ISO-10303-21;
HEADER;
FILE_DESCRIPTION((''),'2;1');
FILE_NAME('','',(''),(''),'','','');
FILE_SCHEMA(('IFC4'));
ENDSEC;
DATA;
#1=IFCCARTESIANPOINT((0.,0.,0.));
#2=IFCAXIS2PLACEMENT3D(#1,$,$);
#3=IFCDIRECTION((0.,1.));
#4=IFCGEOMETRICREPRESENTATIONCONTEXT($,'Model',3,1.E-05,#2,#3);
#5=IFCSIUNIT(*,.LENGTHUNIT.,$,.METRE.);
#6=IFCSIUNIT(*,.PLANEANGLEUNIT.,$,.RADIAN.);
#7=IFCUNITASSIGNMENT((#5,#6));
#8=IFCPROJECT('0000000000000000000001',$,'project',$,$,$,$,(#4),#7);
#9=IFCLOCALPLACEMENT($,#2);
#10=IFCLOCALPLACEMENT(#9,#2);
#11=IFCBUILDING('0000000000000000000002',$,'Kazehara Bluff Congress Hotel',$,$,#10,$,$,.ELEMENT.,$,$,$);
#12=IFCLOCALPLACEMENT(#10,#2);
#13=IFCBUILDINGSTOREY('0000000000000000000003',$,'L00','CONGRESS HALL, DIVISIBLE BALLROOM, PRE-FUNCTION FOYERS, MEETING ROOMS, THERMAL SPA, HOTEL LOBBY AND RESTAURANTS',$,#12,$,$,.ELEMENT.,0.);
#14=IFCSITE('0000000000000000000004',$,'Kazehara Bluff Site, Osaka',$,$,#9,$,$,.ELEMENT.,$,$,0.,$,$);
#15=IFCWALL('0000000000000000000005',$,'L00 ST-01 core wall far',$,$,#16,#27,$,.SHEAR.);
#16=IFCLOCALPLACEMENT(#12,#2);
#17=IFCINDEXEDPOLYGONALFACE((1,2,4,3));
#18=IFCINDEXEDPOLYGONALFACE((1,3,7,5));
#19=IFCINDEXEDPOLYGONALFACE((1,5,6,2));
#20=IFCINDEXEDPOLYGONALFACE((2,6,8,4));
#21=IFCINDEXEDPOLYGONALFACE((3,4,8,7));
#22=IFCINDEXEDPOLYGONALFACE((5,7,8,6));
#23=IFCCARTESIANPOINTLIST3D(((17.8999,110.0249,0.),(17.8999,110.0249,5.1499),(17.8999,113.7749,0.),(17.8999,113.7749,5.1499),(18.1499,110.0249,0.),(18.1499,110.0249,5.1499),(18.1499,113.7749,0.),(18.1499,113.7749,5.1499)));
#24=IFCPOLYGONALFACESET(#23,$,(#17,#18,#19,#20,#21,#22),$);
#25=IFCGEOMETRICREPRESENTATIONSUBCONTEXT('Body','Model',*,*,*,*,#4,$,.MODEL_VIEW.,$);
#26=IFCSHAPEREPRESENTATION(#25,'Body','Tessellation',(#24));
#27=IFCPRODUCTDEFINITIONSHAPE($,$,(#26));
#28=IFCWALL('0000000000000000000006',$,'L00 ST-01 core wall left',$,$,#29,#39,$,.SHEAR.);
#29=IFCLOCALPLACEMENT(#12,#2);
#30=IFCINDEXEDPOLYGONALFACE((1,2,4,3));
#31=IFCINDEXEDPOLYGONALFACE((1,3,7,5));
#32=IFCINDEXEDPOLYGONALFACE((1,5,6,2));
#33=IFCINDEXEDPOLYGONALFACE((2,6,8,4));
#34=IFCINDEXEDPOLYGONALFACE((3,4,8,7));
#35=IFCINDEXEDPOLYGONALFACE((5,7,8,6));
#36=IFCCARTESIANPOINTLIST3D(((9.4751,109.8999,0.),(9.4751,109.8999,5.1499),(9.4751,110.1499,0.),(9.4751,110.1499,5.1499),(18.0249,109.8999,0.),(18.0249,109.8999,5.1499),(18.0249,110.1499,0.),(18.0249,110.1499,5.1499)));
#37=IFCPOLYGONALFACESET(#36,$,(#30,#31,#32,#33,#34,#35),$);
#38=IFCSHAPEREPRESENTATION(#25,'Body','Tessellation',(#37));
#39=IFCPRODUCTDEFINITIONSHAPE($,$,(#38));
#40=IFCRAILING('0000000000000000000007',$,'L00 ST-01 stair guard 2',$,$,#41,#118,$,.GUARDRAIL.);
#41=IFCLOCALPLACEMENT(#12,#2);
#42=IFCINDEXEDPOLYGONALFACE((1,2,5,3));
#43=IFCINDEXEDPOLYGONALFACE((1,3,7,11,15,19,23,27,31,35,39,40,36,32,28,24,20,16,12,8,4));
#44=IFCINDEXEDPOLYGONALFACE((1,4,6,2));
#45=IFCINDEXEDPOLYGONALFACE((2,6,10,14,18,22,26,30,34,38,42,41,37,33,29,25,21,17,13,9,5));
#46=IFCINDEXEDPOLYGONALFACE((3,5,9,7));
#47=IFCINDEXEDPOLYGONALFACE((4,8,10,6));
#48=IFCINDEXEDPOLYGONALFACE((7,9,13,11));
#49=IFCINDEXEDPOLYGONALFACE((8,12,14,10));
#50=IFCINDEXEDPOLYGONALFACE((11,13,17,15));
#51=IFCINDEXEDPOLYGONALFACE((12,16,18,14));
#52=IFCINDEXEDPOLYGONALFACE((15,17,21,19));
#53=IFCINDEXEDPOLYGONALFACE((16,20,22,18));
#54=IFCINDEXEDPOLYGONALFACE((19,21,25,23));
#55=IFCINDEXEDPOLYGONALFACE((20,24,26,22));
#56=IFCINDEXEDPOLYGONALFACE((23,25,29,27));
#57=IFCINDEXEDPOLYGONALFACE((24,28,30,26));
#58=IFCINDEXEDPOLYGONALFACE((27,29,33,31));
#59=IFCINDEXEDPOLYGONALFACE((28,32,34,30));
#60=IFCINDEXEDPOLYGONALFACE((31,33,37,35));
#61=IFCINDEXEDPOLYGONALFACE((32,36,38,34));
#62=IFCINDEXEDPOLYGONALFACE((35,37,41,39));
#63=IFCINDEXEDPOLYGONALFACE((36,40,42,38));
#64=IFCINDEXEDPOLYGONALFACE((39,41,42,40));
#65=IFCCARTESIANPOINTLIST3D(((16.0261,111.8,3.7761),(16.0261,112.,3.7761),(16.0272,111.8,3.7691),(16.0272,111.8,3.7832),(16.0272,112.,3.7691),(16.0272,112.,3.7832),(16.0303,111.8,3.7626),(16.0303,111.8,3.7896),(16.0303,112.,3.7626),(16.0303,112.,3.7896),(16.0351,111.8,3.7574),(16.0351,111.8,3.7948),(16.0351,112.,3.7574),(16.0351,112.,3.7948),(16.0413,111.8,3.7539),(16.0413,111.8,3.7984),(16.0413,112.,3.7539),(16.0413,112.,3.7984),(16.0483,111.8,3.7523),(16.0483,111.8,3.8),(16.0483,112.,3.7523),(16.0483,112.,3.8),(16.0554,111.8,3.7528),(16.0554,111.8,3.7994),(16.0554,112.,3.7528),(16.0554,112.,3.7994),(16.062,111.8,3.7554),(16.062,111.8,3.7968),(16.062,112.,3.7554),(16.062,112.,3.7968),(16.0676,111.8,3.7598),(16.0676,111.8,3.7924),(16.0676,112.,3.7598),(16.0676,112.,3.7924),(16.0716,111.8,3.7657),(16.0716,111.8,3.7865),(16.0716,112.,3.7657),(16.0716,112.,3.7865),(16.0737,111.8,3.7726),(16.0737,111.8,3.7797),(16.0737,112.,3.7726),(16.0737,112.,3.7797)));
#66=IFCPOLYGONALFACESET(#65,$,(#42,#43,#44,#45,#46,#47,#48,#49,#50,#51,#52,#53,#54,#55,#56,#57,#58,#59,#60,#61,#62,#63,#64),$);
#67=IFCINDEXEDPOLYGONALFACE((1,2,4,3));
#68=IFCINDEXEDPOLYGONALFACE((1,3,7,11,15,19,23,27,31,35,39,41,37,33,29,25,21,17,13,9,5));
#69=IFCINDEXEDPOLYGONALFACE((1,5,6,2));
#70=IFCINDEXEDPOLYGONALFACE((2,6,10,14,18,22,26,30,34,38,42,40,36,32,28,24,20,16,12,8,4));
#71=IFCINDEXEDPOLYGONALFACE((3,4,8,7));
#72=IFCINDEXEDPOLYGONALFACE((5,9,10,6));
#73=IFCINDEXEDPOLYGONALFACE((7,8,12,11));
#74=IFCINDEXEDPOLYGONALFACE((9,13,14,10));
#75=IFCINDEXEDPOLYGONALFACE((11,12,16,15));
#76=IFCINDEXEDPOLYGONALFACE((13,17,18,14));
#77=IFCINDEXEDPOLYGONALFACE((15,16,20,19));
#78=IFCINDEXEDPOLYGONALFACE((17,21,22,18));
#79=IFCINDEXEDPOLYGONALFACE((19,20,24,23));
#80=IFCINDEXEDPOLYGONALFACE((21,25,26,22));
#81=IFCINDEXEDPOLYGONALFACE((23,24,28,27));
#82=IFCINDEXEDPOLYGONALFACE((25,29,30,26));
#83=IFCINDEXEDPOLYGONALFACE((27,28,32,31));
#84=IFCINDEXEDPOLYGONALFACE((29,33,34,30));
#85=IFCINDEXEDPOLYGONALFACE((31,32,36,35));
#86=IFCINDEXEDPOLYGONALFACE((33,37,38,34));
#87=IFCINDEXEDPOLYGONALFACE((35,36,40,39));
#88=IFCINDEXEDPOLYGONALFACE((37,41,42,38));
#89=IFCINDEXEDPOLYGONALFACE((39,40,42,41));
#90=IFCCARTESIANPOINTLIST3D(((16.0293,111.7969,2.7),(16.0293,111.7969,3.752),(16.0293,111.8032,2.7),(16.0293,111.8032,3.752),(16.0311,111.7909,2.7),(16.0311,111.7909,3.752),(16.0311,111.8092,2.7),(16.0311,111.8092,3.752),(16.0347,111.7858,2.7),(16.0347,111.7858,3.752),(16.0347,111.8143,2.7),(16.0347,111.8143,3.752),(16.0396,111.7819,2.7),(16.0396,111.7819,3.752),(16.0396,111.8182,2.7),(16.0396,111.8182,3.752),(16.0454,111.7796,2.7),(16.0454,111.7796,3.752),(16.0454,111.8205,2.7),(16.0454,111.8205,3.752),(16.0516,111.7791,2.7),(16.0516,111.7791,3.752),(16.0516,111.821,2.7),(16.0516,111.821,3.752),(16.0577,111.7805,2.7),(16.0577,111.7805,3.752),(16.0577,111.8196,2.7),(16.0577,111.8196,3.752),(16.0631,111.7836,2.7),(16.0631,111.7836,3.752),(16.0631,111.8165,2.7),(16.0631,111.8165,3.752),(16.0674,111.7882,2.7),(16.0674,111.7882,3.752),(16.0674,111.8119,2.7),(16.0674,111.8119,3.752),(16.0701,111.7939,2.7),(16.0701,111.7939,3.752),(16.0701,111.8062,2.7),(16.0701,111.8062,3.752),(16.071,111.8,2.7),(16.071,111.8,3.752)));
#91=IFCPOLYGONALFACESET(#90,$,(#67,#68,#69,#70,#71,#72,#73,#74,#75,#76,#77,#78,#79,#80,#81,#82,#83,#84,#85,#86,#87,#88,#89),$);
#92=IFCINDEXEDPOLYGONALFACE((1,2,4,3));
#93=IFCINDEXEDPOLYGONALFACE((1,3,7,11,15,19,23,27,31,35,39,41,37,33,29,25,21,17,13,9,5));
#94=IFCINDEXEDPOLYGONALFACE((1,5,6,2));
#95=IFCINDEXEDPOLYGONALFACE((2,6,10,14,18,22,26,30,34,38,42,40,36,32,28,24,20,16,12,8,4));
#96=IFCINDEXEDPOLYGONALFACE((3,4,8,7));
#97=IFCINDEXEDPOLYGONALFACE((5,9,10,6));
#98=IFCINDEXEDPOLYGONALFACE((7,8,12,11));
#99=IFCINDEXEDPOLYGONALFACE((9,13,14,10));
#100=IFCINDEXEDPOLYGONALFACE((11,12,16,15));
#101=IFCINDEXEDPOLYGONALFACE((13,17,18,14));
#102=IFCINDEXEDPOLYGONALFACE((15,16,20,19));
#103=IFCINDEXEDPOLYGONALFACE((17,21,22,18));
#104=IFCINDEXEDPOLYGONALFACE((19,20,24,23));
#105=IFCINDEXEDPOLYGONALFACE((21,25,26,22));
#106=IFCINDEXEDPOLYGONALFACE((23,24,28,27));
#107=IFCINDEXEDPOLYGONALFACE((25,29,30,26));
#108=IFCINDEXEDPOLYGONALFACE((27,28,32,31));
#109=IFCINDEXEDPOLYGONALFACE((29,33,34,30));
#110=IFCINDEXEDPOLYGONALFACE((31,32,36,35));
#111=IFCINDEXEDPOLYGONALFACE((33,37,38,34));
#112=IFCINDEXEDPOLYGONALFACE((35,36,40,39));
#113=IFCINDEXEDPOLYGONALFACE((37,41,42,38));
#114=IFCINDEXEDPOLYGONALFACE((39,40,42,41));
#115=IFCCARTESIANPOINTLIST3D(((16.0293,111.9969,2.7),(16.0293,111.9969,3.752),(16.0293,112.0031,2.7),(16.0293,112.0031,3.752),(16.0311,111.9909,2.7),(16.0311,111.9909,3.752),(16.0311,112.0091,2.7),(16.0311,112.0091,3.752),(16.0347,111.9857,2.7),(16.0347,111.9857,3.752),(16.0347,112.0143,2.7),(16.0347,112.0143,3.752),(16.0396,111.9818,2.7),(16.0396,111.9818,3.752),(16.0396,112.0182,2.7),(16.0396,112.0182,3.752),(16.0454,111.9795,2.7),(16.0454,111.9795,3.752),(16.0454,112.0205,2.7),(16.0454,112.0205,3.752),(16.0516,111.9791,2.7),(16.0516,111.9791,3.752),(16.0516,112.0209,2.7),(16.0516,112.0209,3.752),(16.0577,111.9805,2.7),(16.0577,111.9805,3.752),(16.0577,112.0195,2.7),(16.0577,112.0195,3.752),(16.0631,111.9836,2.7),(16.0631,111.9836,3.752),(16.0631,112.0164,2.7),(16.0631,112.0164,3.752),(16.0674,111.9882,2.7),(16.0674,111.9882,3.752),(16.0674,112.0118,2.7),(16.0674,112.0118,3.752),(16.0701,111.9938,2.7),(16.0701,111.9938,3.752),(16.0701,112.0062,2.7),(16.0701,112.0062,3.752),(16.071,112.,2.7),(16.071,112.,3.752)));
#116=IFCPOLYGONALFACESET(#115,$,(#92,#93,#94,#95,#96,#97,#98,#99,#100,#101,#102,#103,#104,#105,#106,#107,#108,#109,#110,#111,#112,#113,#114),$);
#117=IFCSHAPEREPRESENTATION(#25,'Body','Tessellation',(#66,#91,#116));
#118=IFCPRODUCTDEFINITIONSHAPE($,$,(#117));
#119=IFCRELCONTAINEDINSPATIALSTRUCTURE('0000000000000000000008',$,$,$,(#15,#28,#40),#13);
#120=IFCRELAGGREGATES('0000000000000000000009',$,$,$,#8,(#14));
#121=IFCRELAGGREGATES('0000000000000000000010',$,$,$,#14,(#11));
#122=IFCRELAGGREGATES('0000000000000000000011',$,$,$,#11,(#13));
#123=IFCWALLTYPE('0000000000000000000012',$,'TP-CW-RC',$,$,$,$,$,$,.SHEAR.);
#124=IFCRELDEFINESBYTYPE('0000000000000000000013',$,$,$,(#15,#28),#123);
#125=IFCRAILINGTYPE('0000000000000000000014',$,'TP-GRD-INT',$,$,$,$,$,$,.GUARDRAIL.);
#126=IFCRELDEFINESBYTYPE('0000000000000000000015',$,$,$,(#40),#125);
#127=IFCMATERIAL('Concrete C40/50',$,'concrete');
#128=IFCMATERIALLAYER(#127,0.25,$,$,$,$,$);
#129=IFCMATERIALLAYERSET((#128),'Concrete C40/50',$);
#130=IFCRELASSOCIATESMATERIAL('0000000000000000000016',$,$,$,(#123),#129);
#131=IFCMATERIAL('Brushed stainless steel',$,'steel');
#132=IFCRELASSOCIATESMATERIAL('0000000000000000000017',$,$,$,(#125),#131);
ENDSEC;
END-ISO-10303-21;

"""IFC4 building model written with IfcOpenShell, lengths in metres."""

from ifc_helpers import new_model, si_unit, direction, frame, frame_2d, origin, origin_2d, place, context, subcontext, project, spatial, rectangle, circle, extrude, material, layer, layer_set, type_object, element, save


model = new_model("IFC4")

# Units and contexts
model_context = context("Model", 3, precision=1e-05, world=origin(), true_north=direction((0.0, 1.0)))
body_context = subcontext(model_context, "Body", "Model", "MODEL_VIEW")
ifc_project = project(units=[si_unit("LENGTHUNIT", "METRE"), si_unit("PLANEANGLEUNIT", "RADIAN")], contexts=[model_context])

# Site, building, storey
site_placement = place(None, origin())
site = spatial("IfcSite", under=ifc_project, at=site_placement, Name="Kazehara Bluff Site, Osaka", CompositionType="ELEMENT", RefElevation=0.0)
building_placement = place(site_placement, origin())
building = spatial("IfcBuilding", under=site, at=building_placement, Name="Kazehara Bluff Congress Hotel", CompositionType="ELEMENT")
storey_placement = place(building_placement, origin())
storey = spatial("IfcBuildingStorey", under=building, at=storey_placement, Name="L00", Description="CONGRESS HALL, DIVISIBLE BALLROOM, PRE-FUNCTION FOYERS, MEETING ROOMS, THERMAL SPA, HOTEL LOBBY AND RESTAURANTS", CompositionType="ELEMENT", Elevation=0.0)

# Walls
ifc_material_1 = material(Name="Concrete C40/50", Category="concrete")
ifc_layer_1 = layer(ifc_material_1, 0.25)
ifc_layer_set_1 = layer_set([ifc_layer_1], Name="Concrete C40/50")
wall_type = type_object("IfcWallType", Name="TP-CW-RC", PredefinedType="SHEAR", material=ifc_layer_set_1)
wall_1_placement = place(storey_placement, frame((18.0249, 113.7749, 0.0), z_axis=(0.0, 0.0, 1.0), x_axis=(0.0, -1.0, 0.0)))
element("IfcWall", 1, at=wall_1_placement, inside=storey, type_object=wall_type, Name="L00 ST-01 core wall far", PredefinedType="SHEAR", context=body_context, shape_type="SweptSolid", body=[
    extrude(rectangle(XDim=3.75, YDim=0.25, at=frame_2d((1.875, 0.0))), origin(), (0.0, 0.0, 1.0), 5.1499),
])
wall_2_placement = place(storey_placement, frame((18.0249, 110.0249, 0.0), z_axis=(0.0, 0.0, 1.0), x_axis=(-1.0, 0.0, 0.0)))
element("IfcWall", 2, at=wall_2_placement, inside=storey, type_object=wall_type, Name="L00 ST-01 core wall left", PredefinedType="SHEAR", context=body_context, shape_type="SweptSolid", body=[
    extrude(rectangle(XDim=8.5498, YDim=0.25, at=frame_2d((4.2749, 0.0))), origin(), (0.0, 0.0, 1.0), 5.1499),
])

# Railing
ifc_material_2 = material(Name="Brushed stainless steel", Category="steel")
railing_type_1 = type_object("IfcRailingType", Name="TP-GRD-INT", PredefinedType="GUARDRAIL", material=ifc_material_2)
railing_1_placement = place(storey_placement, frame((16.05, 111.8, 2.7)))
element("IfcRailing", 3, at=railing_1_placement, inside=storey, type_object=railing_type_1, Name="L00 ST-01 stair guard 2", PredefinedType="GUARDRAIL", context=body_context, shape_type="SweptSolid", body=[
    extrude(circle(Radius=0.0239, at=origin_2d()), frame((0.0, 0.0, 1.0762), z_axis=(0.0, 1.0, 0.0), x_axis=(-1.0, 0.0, 0.0)), (0.0, 0.0, 1.0), 0.2),
    extrude(circle(Radius=0.021, at=origin_2d()), origin(), (0.0, 0.0, 1.0), 1.052),
    extrude(circle(Radius=0.021, at=origin_2d()), frame((0.0, 0.2, 0.0)), (0.0, 0.0, 1.0), 1.052),
])

save(model, "model.ifc")
